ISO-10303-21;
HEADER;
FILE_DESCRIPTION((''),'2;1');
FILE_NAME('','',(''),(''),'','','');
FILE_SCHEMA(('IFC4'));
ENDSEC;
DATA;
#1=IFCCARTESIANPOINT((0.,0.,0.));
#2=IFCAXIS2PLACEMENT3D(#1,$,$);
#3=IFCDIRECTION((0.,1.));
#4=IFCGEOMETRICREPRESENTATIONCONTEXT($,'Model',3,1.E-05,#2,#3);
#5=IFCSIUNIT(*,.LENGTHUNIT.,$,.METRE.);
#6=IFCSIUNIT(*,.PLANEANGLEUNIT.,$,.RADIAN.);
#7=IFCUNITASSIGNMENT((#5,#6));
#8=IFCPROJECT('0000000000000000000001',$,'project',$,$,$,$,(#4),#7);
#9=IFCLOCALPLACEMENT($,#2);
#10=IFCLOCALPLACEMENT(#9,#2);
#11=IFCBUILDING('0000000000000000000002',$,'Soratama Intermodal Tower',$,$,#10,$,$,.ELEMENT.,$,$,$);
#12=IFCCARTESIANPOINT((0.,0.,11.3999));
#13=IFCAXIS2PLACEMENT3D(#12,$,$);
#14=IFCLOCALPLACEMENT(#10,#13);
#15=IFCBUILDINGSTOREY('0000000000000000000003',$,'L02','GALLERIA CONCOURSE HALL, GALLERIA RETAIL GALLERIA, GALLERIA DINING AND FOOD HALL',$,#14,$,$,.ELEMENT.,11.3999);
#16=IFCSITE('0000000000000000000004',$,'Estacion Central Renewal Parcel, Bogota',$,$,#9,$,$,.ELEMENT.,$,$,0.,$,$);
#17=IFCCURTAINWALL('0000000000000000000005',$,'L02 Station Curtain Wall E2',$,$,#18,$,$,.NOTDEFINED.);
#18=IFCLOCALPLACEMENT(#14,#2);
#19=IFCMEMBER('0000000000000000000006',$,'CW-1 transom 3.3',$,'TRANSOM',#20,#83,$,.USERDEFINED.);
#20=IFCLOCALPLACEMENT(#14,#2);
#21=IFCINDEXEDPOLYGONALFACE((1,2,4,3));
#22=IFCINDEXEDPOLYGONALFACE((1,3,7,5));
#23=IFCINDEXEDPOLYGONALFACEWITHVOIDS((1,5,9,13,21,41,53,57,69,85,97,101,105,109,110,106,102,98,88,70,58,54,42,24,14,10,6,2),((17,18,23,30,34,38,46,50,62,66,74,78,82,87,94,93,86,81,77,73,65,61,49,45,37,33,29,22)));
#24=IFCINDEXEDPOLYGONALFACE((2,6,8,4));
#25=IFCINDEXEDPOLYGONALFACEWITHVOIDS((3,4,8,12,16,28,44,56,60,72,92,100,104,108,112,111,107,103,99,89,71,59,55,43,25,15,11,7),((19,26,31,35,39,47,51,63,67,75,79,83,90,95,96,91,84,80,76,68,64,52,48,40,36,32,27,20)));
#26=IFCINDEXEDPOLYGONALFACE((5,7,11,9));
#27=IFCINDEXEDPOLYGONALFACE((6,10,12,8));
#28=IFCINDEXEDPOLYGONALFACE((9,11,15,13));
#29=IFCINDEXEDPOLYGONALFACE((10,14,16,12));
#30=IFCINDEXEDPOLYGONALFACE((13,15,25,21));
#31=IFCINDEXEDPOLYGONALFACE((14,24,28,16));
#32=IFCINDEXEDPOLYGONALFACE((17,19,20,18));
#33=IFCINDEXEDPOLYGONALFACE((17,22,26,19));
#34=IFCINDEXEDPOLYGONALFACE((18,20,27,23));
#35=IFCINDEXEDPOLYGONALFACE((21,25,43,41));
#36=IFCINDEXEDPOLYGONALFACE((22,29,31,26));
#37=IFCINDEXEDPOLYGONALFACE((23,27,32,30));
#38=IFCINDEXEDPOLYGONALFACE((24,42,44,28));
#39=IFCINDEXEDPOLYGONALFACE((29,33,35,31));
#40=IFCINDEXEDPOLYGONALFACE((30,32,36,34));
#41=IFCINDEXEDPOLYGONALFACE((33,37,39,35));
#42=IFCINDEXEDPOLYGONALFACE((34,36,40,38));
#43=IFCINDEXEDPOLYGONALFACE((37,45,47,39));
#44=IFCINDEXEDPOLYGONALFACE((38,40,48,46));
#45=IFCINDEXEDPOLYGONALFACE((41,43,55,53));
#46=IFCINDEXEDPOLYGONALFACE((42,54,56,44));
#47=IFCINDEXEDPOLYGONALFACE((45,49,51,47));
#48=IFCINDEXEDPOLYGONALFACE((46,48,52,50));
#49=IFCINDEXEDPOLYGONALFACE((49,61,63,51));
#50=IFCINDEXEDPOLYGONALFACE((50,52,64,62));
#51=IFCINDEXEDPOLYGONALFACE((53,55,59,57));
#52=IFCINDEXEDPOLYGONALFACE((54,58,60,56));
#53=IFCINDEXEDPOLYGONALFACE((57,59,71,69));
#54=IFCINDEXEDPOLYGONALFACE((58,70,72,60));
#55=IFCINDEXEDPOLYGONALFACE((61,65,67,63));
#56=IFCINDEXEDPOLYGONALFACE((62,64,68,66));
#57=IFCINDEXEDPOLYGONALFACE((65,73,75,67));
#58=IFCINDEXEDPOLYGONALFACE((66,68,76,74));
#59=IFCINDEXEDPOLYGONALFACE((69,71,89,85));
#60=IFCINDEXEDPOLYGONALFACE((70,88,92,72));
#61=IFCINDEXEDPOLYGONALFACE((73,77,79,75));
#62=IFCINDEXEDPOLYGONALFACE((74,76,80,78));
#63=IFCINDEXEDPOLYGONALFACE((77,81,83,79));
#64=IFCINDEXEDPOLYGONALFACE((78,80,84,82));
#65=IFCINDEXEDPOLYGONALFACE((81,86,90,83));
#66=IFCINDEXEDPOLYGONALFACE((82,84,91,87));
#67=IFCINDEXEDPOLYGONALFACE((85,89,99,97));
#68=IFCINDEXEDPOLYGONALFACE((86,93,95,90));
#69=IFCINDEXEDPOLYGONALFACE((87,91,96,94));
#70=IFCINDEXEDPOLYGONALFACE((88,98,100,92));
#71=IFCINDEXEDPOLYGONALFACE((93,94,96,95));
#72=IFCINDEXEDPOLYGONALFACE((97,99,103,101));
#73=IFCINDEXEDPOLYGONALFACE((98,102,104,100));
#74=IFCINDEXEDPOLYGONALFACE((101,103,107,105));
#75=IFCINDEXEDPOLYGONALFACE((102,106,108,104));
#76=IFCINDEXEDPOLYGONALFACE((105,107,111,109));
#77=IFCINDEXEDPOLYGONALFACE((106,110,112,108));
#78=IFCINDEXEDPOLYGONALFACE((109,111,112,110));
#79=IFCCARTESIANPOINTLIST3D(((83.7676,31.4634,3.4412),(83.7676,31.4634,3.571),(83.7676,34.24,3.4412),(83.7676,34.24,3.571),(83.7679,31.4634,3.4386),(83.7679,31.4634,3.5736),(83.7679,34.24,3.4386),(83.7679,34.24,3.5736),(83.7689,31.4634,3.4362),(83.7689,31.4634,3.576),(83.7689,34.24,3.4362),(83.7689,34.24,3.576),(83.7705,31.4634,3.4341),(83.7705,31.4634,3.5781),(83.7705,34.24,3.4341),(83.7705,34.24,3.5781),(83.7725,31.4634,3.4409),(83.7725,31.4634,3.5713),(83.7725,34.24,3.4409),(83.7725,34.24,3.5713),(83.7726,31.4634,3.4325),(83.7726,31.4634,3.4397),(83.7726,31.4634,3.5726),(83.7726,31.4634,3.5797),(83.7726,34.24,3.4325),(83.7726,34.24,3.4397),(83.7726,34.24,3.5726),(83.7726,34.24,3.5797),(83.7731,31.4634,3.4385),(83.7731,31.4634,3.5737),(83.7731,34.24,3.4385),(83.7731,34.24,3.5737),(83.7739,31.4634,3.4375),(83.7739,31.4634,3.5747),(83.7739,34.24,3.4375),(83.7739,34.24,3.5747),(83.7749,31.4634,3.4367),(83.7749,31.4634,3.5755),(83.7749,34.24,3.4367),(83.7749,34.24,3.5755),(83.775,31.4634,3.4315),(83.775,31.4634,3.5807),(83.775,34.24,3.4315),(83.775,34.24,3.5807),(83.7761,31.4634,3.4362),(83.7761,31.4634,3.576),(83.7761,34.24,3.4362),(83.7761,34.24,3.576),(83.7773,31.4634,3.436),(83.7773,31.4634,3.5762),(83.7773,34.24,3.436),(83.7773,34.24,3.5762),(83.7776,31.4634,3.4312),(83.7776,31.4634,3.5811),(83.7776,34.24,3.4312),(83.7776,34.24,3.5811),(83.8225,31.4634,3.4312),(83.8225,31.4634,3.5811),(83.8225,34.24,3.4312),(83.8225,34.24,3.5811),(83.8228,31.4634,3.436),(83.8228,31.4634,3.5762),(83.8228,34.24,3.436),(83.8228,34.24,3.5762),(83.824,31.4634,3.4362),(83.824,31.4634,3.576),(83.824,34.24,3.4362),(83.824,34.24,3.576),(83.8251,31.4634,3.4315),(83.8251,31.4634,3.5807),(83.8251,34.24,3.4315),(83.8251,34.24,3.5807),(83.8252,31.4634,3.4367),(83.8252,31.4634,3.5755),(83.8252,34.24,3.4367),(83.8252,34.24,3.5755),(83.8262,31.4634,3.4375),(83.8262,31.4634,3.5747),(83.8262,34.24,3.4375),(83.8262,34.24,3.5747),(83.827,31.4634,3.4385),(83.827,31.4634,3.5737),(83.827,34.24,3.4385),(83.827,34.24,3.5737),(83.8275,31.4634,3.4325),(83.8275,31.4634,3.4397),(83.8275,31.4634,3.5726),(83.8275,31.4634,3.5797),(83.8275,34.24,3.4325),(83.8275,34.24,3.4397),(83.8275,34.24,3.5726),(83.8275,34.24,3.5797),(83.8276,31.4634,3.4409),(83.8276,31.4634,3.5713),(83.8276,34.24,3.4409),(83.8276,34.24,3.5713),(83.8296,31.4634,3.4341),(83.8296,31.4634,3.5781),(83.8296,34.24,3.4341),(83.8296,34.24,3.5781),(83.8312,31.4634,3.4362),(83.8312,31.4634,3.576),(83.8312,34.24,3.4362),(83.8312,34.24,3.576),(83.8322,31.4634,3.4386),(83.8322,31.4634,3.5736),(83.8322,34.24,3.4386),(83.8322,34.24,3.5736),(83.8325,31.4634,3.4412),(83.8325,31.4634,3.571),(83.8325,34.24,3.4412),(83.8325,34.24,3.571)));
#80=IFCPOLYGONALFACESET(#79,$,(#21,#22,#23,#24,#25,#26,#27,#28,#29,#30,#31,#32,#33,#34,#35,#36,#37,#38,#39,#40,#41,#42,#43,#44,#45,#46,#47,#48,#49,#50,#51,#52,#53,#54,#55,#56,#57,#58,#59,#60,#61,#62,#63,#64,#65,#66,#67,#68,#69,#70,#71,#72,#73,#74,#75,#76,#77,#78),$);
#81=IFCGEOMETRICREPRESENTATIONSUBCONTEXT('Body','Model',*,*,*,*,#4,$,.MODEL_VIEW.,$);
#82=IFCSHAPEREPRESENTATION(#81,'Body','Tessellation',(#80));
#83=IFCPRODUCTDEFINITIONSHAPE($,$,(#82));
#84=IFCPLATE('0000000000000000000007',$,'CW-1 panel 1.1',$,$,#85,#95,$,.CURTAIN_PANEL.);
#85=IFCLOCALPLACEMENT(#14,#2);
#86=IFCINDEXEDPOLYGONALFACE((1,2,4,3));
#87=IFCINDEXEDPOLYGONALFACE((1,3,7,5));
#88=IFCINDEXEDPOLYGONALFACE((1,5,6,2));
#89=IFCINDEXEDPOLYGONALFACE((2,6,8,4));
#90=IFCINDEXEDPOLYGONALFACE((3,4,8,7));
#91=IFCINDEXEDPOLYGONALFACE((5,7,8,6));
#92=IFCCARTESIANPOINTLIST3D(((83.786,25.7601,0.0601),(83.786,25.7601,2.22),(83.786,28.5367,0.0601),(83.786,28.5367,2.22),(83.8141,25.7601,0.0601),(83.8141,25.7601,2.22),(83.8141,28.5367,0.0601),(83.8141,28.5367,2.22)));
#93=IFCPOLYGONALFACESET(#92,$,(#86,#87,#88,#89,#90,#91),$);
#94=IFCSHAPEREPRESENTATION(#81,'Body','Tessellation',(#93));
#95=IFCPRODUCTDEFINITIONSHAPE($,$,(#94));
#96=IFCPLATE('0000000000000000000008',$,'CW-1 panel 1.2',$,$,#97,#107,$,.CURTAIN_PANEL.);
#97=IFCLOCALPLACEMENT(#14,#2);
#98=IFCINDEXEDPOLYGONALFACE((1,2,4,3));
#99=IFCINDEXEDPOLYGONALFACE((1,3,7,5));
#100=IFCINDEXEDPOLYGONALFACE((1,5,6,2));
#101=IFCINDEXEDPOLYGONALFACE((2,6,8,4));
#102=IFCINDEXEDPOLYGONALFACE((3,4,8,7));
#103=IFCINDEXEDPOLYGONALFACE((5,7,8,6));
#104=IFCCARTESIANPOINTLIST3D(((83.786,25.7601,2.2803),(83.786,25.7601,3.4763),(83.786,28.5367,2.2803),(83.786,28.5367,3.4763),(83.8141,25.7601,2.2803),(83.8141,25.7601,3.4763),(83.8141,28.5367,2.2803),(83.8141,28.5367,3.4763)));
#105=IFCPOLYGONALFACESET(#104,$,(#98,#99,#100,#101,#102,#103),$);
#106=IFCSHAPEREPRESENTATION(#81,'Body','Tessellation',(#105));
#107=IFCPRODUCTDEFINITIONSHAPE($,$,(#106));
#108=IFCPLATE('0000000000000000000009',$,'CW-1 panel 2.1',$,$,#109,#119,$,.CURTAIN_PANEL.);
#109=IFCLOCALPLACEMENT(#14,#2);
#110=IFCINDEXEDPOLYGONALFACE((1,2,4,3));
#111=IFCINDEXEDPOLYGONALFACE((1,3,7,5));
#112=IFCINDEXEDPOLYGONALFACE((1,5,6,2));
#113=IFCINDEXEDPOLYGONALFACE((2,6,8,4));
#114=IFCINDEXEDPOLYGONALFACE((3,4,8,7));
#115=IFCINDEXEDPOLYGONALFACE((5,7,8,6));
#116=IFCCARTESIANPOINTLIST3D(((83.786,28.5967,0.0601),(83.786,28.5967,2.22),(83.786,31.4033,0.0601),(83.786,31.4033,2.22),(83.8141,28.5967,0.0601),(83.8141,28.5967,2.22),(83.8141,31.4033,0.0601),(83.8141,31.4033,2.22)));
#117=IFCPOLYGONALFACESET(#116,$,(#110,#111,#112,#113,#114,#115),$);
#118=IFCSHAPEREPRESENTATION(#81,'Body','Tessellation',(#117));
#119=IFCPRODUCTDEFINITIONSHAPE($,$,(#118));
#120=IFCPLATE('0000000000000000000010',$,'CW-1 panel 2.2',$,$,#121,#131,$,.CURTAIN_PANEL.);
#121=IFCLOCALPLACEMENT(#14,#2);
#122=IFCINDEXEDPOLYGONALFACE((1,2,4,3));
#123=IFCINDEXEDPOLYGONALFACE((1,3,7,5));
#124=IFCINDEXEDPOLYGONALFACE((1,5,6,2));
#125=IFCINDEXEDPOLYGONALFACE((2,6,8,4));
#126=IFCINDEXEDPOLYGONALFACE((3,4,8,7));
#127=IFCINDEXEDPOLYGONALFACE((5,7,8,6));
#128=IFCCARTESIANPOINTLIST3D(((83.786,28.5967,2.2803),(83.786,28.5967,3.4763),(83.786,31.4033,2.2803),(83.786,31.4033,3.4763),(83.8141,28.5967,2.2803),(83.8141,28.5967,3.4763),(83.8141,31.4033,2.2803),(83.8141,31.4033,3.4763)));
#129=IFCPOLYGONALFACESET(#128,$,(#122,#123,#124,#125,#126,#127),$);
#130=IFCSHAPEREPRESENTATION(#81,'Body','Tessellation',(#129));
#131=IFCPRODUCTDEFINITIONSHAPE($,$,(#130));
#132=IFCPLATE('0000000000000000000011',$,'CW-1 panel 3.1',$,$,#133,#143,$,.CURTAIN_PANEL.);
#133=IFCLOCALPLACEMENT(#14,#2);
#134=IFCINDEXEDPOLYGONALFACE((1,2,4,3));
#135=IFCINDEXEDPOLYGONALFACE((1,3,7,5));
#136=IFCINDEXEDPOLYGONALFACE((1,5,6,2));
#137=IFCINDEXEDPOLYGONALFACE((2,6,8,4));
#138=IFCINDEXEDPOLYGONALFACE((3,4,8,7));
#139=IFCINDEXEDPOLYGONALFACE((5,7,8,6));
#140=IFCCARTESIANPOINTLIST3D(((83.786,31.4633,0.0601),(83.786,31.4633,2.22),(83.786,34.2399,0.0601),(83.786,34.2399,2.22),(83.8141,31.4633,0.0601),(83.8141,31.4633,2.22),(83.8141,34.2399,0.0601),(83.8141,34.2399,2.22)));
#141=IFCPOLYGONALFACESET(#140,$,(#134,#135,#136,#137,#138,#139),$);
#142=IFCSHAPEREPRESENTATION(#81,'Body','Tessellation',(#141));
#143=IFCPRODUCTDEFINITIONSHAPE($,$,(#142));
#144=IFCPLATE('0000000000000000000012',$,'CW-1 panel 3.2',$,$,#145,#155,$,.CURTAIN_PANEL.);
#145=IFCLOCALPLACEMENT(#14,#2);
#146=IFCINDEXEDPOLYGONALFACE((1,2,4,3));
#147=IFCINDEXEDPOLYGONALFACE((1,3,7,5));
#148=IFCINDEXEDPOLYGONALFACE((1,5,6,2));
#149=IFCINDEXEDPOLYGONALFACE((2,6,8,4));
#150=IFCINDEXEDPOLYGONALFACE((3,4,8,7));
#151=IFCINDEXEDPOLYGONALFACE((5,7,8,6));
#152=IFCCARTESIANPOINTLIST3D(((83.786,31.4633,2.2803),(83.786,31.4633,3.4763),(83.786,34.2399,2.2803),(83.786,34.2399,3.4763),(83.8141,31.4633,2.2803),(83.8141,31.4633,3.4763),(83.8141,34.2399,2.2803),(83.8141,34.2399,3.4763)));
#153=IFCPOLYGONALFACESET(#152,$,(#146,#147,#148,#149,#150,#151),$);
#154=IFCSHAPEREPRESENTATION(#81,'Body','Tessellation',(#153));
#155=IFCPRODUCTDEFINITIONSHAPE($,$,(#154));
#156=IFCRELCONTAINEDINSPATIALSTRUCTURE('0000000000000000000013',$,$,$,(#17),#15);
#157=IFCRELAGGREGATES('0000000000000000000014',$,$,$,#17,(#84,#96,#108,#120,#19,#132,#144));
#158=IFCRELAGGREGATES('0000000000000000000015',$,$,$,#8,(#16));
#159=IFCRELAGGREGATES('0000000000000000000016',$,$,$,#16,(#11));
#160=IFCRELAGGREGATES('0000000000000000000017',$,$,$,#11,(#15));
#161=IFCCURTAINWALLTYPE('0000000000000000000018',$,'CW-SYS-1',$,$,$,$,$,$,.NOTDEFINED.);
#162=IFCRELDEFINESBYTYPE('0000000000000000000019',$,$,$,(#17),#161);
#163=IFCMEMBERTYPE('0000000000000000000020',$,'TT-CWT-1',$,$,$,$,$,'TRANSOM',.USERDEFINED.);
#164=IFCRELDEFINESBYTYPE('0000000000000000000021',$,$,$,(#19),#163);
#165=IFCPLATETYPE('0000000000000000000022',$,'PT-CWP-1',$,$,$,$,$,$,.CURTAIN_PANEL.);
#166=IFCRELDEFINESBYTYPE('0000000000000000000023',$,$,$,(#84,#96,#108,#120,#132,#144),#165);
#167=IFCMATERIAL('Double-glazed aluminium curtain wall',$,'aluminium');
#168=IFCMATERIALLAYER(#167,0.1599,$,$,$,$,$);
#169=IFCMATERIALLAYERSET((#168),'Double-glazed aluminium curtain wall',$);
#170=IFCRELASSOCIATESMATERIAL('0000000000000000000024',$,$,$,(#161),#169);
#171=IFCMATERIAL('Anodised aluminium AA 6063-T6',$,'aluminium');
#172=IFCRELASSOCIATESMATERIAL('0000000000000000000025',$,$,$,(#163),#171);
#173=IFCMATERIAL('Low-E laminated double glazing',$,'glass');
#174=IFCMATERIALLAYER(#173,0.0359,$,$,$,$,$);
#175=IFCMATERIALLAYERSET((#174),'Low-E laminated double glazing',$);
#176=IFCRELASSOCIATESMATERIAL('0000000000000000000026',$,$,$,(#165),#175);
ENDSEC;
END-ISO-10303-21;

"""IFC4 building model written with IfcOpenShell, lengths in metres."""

from ifc_helpers import new_model, si_unit, direction, frame, origin, origin_2d, place, context, subcontext, project, spatial, rectangle, hollow_rectangle, extrude, material, layer, layer_set, material_profile, profile_set, type_object, element, aggregate, save


model = new_model("IFC4")

# Units and contexts
model_context = context("Model", 3, precision=1e-05, world=origin(), true_north=direction((0.0, 1.0)))
body_context = subcontext(model_context, "Body", "Model", "MODEL_VIEW")
ifc_project = project(units=[si_unit("LENGTHUNIT", "METRE"), si_unit("PLANEANGLEUNIT", "RADIAN")], contexts=[model_context])

# Site, building, storey
site_placement = place(None, origin())
site = spatial("IfcSite", under=ifc_project, at=site_placement, Name="Estacion Central Renewal Parcel, Bogota", CompositionType="ELEMENT", RefElevation=0.0)
building_placement = place(site_placement, origin())
building = spatial("IfcBuilding", under=site, at=building_placement, Name="Soratama Intermodal Tower", CompositionType="ELEMENT")
storey_placement = place(building_placement, frame((0.0, 0.0, 11.3999)))
storey = spatial("IfcBuildingStorey", under=building, at=storey_placement, Name="L02", Description="GALLERIA CONCOURSE HALL, GALLERIA RETAIL GALLERIA, GALLERIA DINING AND FOOD HALL", CompositionType="ELEMENT", Elevation=11.3999)

# Curtain wall, member, plates
ifc_material_1 = material(Name="Double-glazed aluminium curtain wall", Category="aluminium")
ifc_layer_1 = layer(ifc_material_1, 0.1599)
ifc_layer_set_1 = layer_set([ifc_layer_1], Name="Double-glazed aluminium curtain wall")
curtain_wall_type = type_object("IfcCurtainWallType", Name="CW-SYS-1", PredefinedType="NOTDEFINED", material=ifc_layer_set_1)
curtain_wall_placement = place(storey_placement, origin())
curtain_wall = element("IfcCurtainWall", 1, at=curtain_wall_placement, inside=storey, type_object=curtain_wall_type, Name="L02 Station Curtain Wall E2", PredefinedType="NOTDEFINED")
ifc_material_2 = material(Name="Anodised aluminium AA 6063-T6", Category="aluminium")
ifc_material_profile_1 = material_profile(ifc_material_2, hollow_rectangle(XDim=0.0649, YDim=0.1499, WallThickness=0.0049, InnerFilletRadius=0.0049, OuterFilletRadius=0.01, at=origin_2d()), Name="CWT150X65X5")
ifc_profile_set_1 = profile_set([ifc_material_profile_1], Name="Anodised aluminium AA 6063-T6")
member_type_1 = type_object("IfcMemberType", Name="TT-CWT-1", ElementType="TRANSOM", PredefinedType="USERDEFINED", material=ifc_profile_set_1)
member_1_placement = place(storey_placement, frame((83.8, 31.4634, 3.5061), z_axis=(0.0, 1.0, 0.0), x_axis=(-1.0, 0.0, 0.0)))
member_1 = element("IfcMember", 2, at=member_1_placement, type_object=member_type_1, Name="CW-1 transom 3.3", ObjectType="TRANSOM", PredefinedType="USERDEFINED", context=body_context, shape_type="SweptSolid", body=[
    extrude(hollow_rectangle(XDim=0.0649, YDim=0.1499, WallThickness=0.0049, InnerFilletRadius=0.0049, OuterFilletRadius=0.01, at=origin_2d()), origin(), (0.0, 0.0, 1.0), 2.7766),
])
ifc_material_3 = material(Name="Low-E laminated double glazing", Category="glass")
ifc_layer_2 = layer(ifc_material_3, 0.0359)
ifc_layer_set_2 = layer_set([ifc_layer_2], Name="Low-E laminated double glazing")
plate_type = type_object("IfcPlateType", Name="PT-CWP-1", PredefinedType="CURTAIN_PANEL", material=ifc_layer_set_2)
plate_1_placement = place(storey_placement, frame((83.8, 27.1484, 0.0601), z_axis=(0.0, 0.0, 1.0), x_axis=(0.0, 1.0, 0.0)))
plate_1 = element("IfcPlate", 3, at=plate_1_placement, type_object=plate_type, Name="CW-1 panel 1.1", PredefinedType="CURTAIN_PANEL", context=body_context, shape_type="SweptSolid", body=[
    extrude(rectangle(XDim=2.7766, YDim=0.0281, at=origin_2d()), origin(), (0.0, 0.0, 1.0), 2.1599),
])
plate_2_placement = place(storey_placement, frame((83.8, 27.1484, 2.2803), z_axis=(0.0, 0.0, 1.0), x_axis=(0.0, 1.0, 0.0)))
plate_2 = element("IfcPlate", 4, at=plate_2_placement, type_object=plate_type, Name="CW-1 panel 1.2", PredefinedType="CURTAIN_PANEL", context=body_context, shape_type="SweptSolid", body=[
    extrude(rectangle(XDim=2.7766, YDim=0.0281, at=origin_2d()), origin(), (0.0, 0.0, 1.0), 1.196),
])
plate_3_placement = place(storey_placement, frame((83.8, 30.0, 0.0601), z_axis=(0.0, 0.0, 1.0), x_axis=(0.0, 1.0, 0.0)))
plate_3 = element("IfcPlate", 5, at=plate_3_placement, type_object=plate_type, Name="CW-1 panel 2.1", PredefinedType="CURTAIN_PANEL", context=body_context, shape_type="SweptSolid", body=[
    extrude(rectangle(XDim=2.8066, YDim=0.0281, at=origin_2d()), origin(), (0.0, 0.0, 1.0), 2.1599),
])
plate_4_placement = place(storey_placement, frame((83.8, 30.0, 2.2803), z_axis=(0.0, 0.0, 1.0), x_axis=(0.0, 1.0, 0.0)))
plate_4 = element("IfcPlate", 6, at=plate_4_placement, type_object=plate_type, Name="CW-1 panel 2.2", PredefinedType="CURTAIN_PANEL", context=body_context, shape_type="SweptSolid", body=[
    extrude(rectangle(XDim=2.8066, YDim=0.0281, at=origin_2d()), origin(), (0.0, 0.0, 1.0), 1.196),
])
plate_5_placement = place(storey_placement, frame((83.8, 32.8516, 0.0601), z_axis=(0.0, 0.0, 1.0), x_axis=(0.0, 1.0, 0.0)))
plate_5 = element("IfcPlate", 7, at=plate_5_placement, type_object=plate_type, Name="CW-1 panel 3.1", PredefinedType="CURTAIN_PANEL", context=body_context, shape_type="SweptSolid", body=[
    extrude(rectangle(XDim=2.7766, YDim=0.0281, at=origin_2d()), origin(), (0.0, 0.0, 1.0), 2.1599),
])
plate_6_placement = place(storey_placement, frame((83.8, 32.8516, 2.2803), z_axis=(0.0, 0.0, 1.0), x_axis=(0.0, 1.0, 0.0)))
plate_6 = element("IfcPlate", 8, at=plate_6_placement, type_object=plate_type, Name="CW-1 panel 3.2", PredefinedType="CURTAIN_PANEL", context=body_context, shape_type="SweptSolid", body=[
    extrude(rectangle(XDim=2.7766, YDim=0.0281, at=origin_2d()), origin(), (0.0, 0.0, 1.0), 1.196),
])
aggregate(curtain_wall, [plate_1, plate_2, plate_3, plate_4, member_1, plate_5, plate_6])

save(model, "model.ifc")
